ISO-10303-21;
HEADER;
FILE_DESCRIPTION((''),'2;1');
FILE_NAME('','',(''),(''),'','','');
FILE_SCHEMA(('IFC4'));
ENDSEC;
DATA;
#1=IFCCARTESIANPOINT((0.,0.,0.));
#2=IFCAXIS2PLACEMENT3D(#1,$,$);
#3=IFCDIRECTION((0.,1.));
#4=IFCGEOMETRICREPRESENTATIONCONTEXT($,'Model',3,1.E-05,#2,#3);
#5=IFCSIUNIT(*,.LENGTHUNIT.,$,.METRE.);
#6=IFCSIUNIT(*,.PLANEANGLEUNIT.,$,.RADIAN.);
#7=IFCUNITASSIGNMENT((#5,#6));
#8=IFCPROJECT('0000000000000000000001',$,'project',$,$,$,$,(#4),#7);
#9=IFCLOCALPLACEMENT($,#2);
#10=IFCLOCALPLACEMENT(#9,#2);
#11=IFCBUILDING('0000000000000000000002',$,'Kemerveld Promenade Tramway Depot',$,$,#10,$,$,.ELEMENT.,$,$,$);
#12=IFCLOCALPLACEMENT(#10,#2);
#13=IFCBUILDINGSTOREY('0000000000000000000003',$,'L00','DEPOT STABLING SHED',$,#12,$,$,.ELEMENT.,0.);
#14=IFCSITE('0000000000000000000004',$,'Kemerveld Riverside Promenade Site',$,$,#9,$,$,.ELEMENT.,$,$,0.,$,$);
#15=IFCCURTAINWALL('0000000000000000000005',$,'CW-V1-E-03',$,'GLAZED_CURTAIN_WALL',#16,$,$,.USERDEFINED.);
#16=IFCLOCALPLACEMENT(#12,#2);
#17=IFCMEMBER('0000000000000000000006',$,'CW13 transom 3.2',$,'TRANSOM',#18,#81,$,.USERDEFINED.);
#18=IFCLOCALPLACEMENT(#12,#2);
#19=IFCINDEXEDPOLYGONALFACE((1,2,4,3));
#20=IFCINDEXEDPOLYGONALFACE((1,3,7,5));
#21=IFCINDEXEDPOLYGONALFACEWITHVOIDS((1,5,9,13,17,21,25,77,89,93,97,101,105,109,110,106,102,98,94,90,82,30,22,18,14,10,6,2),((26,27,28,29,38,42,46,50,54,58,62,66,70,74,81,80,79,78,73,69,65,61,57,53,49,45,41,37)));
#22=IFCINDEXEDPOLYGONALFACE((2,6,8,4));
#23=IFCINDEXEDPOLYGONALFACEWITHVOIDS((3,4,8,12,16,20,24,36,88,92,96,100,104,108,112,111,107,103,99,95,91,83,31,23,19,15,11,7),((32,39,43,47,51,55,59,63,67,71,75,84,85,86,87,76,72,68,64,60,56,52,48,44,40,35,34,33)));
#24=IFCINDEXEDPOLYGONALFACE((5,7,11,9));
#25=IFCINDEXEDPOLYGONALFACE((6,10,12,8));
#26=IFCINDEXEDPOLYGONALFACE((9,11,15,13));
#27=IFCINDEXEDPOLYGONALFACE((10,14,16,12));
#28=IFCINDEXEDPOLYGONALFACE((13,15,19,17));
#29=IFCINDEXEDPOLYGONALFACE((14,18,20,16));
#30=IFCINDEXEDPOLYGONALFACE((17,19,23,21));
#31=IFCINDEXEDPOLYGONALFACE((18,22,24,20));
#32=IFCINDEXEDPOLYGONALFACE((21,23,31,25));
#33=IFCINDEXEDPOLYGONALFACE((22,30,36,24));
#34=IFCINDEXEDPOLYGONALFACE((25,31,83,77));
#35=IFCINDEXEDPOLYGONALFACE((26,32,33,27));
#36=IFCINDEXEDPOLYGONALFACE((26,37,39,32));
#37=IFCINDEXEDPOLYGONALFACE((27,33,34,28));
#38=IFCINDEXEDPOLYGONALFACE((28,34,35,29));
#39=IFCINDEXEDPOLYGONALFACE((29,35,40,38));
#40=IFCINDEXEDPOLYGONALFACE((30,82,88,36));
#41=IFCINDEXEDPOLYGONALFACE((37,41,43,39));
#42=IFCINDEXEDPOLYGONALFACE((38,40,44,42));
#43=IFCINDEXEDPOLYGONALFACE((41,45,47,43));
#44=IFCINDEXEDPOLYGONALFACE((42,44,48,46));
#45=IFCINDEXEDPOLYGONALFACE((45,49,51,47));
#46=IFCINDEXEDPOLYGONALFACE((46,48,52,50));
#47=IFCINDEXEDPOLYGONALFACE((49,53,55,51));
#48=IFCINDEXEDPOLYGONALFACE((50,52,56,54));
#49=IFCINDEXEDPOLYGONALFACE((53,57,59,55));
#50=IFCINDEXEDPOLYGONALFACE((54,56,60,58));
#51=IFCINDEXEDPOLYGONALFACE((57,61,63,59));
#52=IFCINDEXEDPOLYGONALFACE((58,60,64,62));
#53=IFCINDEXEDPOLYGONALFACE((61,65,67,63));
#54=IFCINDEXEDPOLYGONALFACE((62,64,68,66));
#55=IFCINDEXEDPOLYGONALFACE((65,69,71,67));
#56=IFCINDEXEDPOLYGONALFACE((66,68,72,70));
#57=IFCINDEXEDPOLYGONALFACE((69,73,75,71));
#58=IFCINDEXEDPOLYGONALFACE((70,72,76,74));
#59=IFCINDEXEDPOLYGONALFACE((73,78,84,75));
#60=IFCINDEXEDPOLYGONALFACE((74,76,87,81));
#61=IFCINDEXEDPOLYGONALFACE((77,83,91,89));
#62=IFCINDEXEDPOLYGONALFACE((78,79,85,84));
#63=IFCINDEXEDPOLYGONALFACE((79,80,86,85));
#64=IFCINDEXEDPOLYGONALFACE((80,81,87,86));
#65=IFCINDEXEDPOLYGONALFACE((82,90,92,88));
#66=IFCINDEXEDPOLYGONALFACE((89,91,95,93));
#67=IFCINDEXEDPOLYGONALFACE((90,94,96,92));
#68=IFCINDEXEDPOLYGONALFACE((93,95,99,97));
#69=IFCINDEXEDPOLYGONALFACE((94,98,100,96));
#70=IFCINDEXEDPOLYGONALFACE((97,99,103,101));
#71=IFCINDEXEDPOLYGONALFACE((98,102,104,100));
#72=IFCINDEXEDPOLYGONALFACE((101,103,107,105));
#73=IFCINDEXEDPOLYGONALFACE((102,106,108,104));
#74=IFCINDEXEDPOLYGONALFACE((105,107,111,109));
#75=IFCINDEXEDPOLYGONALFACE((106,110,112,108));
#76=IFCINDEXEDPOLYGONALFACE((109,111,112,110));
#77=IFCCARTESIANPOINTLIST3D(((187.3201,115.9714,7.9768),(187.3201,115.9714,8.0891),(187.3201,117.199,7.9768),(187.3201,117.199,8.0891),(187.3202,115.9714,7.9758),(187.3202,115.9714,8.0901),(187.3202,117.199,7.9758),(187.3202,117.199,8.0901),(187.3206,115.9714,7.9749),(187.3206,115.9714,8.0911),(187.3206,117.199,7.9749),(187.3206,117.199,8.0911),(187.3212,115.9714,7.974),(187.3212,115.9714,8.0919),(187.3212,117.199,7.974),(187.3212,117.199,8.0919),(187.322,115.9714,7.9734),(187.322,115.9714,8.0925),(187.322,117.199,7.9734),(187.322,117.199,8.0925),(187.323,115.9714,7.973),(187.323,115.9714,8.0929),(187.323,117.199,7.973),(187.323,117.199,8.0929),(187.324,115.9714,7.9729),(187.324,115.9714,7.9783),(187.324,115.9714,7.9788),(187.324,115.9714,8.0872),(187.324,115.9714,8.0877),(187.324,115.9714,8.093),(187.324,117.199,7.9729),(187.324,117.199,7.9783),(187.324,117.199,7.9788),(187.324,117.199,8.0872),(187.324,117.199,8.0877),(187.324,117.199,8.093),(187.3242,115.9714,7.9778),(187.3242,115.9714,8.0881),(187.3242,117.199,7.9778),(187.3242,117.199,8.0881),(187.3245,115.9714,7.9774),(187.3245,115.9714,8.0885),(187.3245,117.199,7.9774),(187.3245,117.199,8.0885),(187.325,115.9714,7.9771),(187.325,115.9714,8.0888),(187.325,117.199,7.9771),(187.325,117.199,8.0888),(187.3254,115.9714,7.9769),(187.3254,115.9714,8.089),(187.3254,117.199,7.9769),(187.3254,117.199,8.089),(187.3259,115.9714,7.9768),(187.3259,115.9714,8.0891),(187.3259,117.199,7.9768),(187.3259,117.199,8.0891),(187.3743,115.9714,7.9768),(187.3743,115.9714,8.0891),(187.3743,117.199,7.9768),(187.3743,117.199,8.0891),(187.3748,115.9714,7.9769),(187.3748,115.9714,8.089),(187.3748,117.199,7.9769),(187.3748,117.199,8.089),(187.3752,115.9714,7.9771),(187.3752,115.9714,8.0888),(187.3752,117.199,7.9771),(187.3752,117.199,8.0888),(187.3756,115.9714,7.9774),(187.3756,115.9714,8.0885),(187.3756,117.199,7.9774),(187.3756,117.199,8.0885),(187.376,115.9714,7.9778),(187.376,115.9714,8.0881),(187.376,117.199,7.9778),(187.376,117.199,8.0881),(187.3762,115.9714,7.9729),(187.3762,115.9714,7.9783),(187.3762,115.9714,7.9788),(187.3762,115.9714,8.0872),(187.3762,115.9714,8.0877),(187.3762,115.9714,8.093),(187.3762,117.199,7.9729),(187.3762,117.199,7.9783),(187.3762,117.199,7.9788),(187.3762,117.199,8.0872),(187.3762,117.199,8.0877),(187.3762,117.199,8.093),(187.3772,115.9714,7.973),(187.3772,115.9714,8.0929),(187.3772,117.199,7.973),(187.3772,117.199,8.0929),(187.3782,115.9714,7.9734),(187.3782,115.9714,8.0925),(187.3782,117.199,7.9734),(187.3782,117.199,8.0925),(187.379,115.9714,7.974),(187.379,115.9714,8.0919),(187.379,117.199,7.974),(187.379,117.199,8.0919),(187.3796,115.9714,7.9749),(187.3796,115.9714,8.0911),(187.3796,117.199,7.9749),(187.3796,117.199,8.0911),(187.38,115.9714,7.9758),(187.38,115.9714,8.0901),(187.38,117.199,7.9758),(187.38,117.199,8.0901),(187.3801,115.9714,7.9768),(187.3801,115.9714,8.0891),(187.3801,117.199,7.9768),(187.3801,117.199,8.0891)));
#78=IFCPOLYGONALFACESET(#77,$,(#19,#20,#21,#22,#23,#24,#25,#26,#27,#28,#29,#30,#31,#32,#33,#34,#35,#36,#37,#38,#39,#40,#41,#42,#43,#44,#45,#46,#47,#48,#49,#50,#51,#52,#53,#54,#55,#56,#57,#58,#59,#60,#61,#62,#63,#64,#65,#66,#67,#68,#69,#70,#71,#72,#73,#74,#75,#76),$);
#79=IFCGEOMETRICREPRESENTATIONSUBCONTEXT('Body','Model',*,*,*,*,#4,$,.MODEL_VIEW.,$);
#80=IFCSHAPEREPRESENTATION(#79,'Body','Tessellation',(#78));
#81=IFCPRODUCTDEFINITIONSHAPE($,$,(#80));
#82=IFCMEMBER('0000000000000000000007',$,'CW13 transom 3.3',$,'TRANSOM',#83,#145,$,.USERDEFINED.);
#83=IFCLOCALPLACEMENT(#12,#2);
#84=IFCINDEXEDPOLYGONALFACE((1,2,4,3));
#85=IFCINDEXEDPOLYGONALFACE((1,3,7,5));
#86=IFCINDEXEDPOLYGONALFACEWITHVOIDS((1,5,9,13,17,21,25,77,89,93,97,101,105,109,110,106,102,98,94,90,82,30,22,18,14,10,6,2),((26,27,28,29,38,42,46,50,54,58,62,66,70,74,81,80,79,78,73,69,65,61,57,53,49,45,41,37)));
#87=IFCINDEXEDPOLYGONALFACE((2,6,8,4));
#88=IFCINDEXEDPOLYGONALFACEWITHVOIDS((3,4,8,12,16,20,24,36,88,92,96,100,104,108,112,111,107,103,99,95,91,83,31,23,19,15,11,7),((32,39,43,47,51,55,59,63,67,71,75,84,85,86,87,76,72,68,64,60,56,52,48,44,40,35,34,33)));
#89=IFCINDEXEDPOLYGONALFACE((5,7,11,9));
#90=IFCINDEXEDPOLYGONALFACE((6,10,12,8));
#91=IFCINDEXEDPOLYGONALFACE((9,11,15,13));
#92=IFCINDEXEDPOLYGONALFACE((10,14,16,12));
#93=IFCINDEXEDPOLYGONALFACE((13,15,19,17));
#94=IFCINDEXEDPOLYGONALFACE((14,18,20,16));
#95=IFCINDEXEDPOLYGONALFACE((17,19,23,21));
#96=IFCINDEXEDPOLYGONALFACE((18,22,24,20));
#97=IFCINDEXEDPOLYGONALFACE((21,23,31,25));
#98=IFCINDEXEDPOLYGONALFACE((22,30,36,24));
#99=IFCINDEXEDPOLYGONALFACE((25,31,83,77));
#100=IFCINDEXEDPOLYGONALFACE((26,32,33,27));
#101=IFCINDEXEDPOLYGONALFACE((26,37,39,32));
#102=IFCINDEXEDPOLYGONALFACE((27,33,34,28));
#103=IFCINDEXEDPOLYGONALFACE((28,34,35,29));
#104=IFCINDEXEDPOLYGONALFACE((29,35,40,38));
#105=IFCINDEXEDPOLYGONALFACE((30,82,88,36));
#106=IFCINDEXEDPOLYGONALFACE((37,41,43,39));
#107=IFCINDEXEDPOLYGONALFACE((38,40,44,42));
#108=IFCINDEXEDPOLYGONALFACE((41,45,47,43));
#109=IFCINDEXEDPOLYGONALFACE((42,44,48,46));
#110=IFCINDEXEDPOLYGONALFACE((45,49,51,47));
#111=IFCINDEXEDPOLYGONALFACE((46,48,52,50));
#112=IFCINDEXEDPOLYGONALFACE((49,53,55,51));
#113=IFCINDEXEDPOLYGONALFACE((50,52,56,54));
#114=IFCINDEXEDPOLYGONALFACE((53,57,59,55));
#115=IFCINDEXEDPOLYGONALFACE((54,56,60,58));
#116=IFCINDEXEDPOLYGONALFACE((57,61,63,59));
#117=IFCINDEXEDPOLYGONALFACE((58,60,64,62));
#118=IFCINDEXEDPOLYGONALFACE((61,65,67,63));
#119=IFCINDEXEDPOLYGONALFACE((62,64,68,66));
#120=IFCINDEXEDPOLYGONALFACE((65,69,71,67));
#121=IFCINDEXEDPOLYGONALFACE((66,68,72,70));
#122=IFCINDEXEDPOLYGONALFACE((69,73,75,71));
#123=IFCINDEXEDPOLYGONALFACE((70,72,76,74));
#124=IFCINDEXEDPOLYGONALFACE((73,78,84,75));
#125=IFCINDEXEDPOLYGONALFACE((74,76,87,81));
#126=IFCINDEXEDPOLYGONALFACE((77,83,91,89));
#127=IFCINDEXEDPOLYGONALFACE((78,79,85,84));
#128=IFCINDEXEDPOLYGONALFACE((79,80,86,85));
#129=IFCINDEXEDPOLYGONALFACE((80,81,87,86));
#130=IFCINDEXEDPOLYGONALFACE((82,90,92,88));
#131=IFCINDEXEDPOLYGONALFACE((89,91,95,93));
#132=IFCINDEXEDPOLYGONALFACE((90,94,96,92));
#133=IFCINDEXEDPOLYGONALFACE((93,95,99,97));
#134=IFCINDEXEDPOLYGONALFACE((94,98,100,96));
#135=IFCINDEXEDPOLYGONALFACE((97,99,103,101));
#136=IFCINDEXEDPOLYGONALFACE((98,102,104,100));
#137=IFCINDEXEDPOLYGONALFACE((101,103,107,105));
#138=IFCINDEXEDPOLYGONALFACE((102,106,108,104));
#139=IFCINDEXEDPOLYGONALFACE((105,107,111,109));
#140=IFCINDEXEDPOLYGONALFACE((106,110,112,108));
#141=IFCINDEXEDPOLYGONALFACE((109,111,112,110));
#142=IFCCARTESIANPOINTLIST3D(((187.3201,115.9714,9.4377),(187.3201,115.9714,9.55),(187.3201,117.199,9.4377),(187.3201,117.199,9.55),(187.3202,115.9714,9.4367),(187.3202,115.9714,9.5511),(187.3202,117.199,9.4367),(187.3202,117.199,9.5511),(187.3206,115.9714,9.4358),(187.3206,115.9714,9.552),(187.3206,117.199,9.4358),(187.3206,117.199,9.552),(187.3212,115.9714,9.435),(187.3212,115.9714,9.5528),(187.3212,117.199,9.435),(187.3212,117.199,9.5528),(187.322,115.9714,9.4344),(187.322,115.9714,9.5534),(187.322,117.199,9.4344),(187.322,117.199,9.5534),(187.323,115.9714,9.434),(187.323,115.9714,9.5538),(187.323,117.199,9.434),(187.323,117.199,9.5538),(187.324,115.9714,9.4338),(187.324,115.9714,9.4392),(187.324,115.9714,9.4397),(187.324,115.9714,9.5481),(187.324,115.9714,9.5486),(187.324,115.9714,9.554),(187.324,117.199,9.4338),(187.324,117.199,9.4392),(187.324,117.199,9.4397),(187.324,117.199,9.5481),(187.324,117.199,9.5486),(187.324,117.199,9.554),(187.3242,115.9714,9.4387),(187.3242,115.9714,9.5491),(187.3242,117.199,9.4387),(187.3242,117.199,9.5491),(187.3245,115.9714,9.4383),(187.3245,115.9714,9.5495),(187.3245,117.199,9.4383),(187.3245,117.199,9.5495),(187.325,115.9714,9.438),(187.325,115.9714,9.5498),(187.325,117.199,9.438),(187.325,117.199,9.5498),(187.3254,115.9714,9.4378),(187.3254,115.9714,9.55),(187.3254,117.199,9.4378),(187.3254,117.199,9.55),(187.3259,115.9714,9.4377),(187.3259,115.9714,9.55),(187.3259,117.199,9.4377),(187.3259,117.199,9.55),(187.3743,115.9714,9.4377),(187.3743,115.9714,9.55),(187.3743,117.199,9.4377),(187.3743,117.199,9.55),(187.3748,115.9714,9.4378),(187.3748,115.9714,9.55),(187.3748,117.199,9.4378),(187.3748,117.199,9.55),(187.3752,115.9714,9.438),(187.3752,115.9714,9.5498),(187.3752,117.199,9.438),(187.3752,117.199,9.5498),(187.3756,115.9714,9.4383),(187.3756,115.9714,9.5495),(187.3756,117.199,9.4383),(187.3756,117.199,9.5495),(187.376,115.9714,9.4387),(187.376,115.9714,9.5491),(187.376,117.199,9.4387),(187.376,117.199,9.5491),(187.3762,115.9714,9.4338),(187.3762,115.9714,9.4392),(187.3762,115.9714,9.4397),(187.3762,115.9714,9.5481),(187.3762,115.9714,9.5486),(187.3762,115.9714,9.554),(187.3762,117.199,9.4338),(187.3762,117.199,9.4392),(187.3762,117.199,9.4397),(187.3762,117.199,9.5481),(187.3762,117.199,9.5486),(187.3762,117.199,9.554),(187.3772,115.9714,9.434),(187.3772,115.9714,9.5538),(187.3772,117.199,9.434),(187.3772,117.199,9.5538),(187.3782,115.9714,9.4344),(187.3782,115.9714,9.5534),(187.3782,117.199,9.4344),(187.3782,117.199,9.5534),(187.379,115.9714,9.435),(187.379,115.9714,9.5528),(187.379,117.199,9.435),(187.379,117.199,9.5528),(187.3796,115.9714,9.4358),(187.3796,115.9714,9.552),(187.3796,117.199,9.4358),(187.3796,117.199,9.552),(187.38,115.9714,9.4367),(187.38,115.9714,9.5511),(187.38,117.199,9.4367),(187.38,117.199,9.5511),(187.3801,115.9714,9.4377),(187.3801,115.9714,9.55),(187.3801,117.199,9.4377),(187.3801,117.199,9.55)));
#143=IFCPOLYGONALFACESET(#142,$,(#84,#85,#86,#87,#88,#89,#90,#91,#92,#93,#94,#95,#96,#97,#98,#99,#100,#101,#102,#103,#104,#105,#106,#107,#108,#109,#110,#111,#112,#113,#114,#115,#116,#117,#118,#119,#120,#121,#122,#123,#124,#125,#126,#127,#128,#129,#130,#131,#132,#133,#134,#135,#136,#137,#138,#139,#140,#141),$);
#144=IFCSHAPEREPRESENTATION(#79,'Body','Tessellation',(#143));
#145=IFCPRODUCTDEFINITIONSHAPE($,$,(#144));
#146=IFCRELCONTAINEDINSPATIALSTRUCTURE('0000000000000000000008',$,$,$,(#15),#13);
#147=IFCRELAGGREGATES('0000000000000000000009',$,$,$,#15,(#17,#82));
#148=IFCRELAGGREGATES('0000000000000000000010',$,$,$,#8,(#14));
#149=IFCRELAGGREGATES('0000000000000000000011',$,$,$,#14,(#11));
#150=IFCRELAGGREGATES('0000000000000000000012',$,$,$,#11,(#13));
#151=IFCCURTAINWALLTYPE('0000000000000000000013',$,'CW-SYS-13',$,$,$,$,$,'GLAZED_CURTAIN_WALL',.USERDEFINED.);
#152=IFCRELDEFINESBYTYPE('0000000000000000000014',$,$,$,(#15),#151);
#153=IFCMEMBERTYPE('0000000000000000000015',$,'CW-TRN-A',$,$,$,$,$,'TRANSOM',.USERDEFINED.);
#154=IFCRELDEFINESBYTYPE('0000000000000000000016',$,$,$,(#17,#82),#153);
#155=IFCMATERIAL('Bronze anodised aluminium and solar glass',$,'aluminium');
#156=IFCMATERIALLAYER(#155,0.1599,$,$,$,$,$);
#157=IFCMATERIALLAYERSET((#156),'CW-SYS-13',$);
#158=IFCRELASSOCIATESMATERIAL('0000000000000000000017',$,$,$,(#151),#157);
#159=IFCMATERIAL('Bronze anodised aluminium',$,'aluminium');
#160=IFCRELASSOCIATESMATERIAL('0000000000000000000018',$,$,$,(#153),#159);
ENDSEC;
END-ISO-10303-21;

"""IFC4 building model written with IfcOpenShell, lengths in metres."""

from ifc_helpers import new_model, si_unit, direction, frame, origin, origin_2d, place, context, subcontext, project, spatial, hollow_rectangle, extrude, material, layer, layer_set, material_profile, profile_set, type_object, element, aggregate, save


model = new_model("IFC4")

# Units and contexts
model_context = context("Model", 3, precision=1e-05, world=origin(), true_north=direction((0.0, 1.0)))
body_context = subcontext(model_context, "Body", "Model", "MODEL_VIEW")
ifc_project = project(units=[si_unit("LENGTHUNIT", "METRE"), si_unit("PLANEANGLEUNIT", "RADIAN")], contexts=[model_context])

# Site, building, storey
site_placement = place(None, origin())
site = spatial("IfcSite", under=ifc_project, at=site_placement, Name="Kemerveld Riverside Promenade Site", CompositionType="ELEMENT", RefElevation=0.0)
building_placement = place(site_placement, origin())
building = spatial("IfcBuilding", under=site, at=building_placement, Name="Kemerveld Promenade Tramway Depot", CompositionType="ELEMENT")
storey_placement = place(building_placement, origin())
storey = spatial("IfcBuildingStorey", under=building, at=storey_placement, Name="L00", Description="DEPOT STABLING SHED", CompositionType="ELEMENT", Elevation=0.0)

# Curtain wall, members
ifc_material_1 = material(Name="Bronze anodised aluminium and solar glass", Category="aluminium")
ifc_layer_1 = layer(ifc_material_1, 0.1599)
ifc_layer_set_1 = layer_set([ifc_layer_1], Name="CW-SYS-13")
curtain_wall_type = type_object("IfcCurtainWallType", Name="CW-SYS-13", ElementType="GLAZED_CURTAIN_WALL", PredefinedType="USERDEFINED", material=ifc_layer_set_1)
curtain_wall_placement = place(storey_placement, origin())
curtain_wall = element("IfcCurtainWall", 1, at=curtain_wall_placement, inside=storey, type_object=curtain_wall_type, Name="CW-V1-E-03", ObjectType="GLAZED_CURTAIN_WALL", PredefinedType="USERDEFINED")
ifc_material_2 = material(Name="Bronze anodised aluminium", Category="aluminium")
ifc_material_profile_1 = material_profile(ifc_material_2, hollow_rectangle(XDim=0.0601, YDim=0.1201, WallThickness=0.0039, InnerFilletRadius=0.002, OuterFilletRadius=0.0039, at=origin_2d()), Name="CW-TRN-120x60")
ifc_profile_set_1 = profile_set([ifc_material_profile_1], Name="Bronze anodised aluminium")
member_type_1 = type_object("IfcMemberType", Name="CW-TRN-A", ElementType="TRANSOM", PredefinedType="USERDEFINED", material=ifc_profile_set_1)
member_1_placement = place(storey_placement, frame((187.3501, 117.199, 8.033), z_axis=(0.0, -1.0, 0.0), x_axis=(1.0, 0.0, 0.0)))
member_1 = element("IfcMember", 2, at=member_1_placement, type_object=member_type_1, Name="CW13 transom 3.2", ObjectType="TRANSOM", PredefinedType="USERDEFINED", context=body_context, shape_type="SweptSolid", body=[
    extrude(hollow_rectangle(XDim=0.0601, YDim=0.1201, WallThickness=0.0039, InnerFilletRadius=0.002, OuterFilletRadius=0.0039, at=origin_2d()), origin(), (0.0, 0.0, 1.0), 1.2275),
])
member_2_placement = place(storey_placement, frame((187.3501, 117.199, 9.4939), z_axis=(0.0, -1.0, 0.0), x_axis=(1.0, 0.0, 0.0)))
member_2 = element("IfcMember", 3, at=member_2_placement, type_object=member_type_1, Name="CW13 transom 3.3", ObjectType="TRANSOM", PredefinedType="USERDEFINED", context=body_context, shape_type="SweptSolid", body=[
    extrude(hollow_rectangle(XDim=0.0601, YDim=0.1201, WallThickness=0.0039, InnerFilletRadius=0.002, OuterFilletRadius=0.0039, at=origin_2d()), origin(), (0.0, 0.0, 1.0), 1.2275),
])
aggregate(curtain_wall, [member_1, member_2])

save(model, "model.ifc")
